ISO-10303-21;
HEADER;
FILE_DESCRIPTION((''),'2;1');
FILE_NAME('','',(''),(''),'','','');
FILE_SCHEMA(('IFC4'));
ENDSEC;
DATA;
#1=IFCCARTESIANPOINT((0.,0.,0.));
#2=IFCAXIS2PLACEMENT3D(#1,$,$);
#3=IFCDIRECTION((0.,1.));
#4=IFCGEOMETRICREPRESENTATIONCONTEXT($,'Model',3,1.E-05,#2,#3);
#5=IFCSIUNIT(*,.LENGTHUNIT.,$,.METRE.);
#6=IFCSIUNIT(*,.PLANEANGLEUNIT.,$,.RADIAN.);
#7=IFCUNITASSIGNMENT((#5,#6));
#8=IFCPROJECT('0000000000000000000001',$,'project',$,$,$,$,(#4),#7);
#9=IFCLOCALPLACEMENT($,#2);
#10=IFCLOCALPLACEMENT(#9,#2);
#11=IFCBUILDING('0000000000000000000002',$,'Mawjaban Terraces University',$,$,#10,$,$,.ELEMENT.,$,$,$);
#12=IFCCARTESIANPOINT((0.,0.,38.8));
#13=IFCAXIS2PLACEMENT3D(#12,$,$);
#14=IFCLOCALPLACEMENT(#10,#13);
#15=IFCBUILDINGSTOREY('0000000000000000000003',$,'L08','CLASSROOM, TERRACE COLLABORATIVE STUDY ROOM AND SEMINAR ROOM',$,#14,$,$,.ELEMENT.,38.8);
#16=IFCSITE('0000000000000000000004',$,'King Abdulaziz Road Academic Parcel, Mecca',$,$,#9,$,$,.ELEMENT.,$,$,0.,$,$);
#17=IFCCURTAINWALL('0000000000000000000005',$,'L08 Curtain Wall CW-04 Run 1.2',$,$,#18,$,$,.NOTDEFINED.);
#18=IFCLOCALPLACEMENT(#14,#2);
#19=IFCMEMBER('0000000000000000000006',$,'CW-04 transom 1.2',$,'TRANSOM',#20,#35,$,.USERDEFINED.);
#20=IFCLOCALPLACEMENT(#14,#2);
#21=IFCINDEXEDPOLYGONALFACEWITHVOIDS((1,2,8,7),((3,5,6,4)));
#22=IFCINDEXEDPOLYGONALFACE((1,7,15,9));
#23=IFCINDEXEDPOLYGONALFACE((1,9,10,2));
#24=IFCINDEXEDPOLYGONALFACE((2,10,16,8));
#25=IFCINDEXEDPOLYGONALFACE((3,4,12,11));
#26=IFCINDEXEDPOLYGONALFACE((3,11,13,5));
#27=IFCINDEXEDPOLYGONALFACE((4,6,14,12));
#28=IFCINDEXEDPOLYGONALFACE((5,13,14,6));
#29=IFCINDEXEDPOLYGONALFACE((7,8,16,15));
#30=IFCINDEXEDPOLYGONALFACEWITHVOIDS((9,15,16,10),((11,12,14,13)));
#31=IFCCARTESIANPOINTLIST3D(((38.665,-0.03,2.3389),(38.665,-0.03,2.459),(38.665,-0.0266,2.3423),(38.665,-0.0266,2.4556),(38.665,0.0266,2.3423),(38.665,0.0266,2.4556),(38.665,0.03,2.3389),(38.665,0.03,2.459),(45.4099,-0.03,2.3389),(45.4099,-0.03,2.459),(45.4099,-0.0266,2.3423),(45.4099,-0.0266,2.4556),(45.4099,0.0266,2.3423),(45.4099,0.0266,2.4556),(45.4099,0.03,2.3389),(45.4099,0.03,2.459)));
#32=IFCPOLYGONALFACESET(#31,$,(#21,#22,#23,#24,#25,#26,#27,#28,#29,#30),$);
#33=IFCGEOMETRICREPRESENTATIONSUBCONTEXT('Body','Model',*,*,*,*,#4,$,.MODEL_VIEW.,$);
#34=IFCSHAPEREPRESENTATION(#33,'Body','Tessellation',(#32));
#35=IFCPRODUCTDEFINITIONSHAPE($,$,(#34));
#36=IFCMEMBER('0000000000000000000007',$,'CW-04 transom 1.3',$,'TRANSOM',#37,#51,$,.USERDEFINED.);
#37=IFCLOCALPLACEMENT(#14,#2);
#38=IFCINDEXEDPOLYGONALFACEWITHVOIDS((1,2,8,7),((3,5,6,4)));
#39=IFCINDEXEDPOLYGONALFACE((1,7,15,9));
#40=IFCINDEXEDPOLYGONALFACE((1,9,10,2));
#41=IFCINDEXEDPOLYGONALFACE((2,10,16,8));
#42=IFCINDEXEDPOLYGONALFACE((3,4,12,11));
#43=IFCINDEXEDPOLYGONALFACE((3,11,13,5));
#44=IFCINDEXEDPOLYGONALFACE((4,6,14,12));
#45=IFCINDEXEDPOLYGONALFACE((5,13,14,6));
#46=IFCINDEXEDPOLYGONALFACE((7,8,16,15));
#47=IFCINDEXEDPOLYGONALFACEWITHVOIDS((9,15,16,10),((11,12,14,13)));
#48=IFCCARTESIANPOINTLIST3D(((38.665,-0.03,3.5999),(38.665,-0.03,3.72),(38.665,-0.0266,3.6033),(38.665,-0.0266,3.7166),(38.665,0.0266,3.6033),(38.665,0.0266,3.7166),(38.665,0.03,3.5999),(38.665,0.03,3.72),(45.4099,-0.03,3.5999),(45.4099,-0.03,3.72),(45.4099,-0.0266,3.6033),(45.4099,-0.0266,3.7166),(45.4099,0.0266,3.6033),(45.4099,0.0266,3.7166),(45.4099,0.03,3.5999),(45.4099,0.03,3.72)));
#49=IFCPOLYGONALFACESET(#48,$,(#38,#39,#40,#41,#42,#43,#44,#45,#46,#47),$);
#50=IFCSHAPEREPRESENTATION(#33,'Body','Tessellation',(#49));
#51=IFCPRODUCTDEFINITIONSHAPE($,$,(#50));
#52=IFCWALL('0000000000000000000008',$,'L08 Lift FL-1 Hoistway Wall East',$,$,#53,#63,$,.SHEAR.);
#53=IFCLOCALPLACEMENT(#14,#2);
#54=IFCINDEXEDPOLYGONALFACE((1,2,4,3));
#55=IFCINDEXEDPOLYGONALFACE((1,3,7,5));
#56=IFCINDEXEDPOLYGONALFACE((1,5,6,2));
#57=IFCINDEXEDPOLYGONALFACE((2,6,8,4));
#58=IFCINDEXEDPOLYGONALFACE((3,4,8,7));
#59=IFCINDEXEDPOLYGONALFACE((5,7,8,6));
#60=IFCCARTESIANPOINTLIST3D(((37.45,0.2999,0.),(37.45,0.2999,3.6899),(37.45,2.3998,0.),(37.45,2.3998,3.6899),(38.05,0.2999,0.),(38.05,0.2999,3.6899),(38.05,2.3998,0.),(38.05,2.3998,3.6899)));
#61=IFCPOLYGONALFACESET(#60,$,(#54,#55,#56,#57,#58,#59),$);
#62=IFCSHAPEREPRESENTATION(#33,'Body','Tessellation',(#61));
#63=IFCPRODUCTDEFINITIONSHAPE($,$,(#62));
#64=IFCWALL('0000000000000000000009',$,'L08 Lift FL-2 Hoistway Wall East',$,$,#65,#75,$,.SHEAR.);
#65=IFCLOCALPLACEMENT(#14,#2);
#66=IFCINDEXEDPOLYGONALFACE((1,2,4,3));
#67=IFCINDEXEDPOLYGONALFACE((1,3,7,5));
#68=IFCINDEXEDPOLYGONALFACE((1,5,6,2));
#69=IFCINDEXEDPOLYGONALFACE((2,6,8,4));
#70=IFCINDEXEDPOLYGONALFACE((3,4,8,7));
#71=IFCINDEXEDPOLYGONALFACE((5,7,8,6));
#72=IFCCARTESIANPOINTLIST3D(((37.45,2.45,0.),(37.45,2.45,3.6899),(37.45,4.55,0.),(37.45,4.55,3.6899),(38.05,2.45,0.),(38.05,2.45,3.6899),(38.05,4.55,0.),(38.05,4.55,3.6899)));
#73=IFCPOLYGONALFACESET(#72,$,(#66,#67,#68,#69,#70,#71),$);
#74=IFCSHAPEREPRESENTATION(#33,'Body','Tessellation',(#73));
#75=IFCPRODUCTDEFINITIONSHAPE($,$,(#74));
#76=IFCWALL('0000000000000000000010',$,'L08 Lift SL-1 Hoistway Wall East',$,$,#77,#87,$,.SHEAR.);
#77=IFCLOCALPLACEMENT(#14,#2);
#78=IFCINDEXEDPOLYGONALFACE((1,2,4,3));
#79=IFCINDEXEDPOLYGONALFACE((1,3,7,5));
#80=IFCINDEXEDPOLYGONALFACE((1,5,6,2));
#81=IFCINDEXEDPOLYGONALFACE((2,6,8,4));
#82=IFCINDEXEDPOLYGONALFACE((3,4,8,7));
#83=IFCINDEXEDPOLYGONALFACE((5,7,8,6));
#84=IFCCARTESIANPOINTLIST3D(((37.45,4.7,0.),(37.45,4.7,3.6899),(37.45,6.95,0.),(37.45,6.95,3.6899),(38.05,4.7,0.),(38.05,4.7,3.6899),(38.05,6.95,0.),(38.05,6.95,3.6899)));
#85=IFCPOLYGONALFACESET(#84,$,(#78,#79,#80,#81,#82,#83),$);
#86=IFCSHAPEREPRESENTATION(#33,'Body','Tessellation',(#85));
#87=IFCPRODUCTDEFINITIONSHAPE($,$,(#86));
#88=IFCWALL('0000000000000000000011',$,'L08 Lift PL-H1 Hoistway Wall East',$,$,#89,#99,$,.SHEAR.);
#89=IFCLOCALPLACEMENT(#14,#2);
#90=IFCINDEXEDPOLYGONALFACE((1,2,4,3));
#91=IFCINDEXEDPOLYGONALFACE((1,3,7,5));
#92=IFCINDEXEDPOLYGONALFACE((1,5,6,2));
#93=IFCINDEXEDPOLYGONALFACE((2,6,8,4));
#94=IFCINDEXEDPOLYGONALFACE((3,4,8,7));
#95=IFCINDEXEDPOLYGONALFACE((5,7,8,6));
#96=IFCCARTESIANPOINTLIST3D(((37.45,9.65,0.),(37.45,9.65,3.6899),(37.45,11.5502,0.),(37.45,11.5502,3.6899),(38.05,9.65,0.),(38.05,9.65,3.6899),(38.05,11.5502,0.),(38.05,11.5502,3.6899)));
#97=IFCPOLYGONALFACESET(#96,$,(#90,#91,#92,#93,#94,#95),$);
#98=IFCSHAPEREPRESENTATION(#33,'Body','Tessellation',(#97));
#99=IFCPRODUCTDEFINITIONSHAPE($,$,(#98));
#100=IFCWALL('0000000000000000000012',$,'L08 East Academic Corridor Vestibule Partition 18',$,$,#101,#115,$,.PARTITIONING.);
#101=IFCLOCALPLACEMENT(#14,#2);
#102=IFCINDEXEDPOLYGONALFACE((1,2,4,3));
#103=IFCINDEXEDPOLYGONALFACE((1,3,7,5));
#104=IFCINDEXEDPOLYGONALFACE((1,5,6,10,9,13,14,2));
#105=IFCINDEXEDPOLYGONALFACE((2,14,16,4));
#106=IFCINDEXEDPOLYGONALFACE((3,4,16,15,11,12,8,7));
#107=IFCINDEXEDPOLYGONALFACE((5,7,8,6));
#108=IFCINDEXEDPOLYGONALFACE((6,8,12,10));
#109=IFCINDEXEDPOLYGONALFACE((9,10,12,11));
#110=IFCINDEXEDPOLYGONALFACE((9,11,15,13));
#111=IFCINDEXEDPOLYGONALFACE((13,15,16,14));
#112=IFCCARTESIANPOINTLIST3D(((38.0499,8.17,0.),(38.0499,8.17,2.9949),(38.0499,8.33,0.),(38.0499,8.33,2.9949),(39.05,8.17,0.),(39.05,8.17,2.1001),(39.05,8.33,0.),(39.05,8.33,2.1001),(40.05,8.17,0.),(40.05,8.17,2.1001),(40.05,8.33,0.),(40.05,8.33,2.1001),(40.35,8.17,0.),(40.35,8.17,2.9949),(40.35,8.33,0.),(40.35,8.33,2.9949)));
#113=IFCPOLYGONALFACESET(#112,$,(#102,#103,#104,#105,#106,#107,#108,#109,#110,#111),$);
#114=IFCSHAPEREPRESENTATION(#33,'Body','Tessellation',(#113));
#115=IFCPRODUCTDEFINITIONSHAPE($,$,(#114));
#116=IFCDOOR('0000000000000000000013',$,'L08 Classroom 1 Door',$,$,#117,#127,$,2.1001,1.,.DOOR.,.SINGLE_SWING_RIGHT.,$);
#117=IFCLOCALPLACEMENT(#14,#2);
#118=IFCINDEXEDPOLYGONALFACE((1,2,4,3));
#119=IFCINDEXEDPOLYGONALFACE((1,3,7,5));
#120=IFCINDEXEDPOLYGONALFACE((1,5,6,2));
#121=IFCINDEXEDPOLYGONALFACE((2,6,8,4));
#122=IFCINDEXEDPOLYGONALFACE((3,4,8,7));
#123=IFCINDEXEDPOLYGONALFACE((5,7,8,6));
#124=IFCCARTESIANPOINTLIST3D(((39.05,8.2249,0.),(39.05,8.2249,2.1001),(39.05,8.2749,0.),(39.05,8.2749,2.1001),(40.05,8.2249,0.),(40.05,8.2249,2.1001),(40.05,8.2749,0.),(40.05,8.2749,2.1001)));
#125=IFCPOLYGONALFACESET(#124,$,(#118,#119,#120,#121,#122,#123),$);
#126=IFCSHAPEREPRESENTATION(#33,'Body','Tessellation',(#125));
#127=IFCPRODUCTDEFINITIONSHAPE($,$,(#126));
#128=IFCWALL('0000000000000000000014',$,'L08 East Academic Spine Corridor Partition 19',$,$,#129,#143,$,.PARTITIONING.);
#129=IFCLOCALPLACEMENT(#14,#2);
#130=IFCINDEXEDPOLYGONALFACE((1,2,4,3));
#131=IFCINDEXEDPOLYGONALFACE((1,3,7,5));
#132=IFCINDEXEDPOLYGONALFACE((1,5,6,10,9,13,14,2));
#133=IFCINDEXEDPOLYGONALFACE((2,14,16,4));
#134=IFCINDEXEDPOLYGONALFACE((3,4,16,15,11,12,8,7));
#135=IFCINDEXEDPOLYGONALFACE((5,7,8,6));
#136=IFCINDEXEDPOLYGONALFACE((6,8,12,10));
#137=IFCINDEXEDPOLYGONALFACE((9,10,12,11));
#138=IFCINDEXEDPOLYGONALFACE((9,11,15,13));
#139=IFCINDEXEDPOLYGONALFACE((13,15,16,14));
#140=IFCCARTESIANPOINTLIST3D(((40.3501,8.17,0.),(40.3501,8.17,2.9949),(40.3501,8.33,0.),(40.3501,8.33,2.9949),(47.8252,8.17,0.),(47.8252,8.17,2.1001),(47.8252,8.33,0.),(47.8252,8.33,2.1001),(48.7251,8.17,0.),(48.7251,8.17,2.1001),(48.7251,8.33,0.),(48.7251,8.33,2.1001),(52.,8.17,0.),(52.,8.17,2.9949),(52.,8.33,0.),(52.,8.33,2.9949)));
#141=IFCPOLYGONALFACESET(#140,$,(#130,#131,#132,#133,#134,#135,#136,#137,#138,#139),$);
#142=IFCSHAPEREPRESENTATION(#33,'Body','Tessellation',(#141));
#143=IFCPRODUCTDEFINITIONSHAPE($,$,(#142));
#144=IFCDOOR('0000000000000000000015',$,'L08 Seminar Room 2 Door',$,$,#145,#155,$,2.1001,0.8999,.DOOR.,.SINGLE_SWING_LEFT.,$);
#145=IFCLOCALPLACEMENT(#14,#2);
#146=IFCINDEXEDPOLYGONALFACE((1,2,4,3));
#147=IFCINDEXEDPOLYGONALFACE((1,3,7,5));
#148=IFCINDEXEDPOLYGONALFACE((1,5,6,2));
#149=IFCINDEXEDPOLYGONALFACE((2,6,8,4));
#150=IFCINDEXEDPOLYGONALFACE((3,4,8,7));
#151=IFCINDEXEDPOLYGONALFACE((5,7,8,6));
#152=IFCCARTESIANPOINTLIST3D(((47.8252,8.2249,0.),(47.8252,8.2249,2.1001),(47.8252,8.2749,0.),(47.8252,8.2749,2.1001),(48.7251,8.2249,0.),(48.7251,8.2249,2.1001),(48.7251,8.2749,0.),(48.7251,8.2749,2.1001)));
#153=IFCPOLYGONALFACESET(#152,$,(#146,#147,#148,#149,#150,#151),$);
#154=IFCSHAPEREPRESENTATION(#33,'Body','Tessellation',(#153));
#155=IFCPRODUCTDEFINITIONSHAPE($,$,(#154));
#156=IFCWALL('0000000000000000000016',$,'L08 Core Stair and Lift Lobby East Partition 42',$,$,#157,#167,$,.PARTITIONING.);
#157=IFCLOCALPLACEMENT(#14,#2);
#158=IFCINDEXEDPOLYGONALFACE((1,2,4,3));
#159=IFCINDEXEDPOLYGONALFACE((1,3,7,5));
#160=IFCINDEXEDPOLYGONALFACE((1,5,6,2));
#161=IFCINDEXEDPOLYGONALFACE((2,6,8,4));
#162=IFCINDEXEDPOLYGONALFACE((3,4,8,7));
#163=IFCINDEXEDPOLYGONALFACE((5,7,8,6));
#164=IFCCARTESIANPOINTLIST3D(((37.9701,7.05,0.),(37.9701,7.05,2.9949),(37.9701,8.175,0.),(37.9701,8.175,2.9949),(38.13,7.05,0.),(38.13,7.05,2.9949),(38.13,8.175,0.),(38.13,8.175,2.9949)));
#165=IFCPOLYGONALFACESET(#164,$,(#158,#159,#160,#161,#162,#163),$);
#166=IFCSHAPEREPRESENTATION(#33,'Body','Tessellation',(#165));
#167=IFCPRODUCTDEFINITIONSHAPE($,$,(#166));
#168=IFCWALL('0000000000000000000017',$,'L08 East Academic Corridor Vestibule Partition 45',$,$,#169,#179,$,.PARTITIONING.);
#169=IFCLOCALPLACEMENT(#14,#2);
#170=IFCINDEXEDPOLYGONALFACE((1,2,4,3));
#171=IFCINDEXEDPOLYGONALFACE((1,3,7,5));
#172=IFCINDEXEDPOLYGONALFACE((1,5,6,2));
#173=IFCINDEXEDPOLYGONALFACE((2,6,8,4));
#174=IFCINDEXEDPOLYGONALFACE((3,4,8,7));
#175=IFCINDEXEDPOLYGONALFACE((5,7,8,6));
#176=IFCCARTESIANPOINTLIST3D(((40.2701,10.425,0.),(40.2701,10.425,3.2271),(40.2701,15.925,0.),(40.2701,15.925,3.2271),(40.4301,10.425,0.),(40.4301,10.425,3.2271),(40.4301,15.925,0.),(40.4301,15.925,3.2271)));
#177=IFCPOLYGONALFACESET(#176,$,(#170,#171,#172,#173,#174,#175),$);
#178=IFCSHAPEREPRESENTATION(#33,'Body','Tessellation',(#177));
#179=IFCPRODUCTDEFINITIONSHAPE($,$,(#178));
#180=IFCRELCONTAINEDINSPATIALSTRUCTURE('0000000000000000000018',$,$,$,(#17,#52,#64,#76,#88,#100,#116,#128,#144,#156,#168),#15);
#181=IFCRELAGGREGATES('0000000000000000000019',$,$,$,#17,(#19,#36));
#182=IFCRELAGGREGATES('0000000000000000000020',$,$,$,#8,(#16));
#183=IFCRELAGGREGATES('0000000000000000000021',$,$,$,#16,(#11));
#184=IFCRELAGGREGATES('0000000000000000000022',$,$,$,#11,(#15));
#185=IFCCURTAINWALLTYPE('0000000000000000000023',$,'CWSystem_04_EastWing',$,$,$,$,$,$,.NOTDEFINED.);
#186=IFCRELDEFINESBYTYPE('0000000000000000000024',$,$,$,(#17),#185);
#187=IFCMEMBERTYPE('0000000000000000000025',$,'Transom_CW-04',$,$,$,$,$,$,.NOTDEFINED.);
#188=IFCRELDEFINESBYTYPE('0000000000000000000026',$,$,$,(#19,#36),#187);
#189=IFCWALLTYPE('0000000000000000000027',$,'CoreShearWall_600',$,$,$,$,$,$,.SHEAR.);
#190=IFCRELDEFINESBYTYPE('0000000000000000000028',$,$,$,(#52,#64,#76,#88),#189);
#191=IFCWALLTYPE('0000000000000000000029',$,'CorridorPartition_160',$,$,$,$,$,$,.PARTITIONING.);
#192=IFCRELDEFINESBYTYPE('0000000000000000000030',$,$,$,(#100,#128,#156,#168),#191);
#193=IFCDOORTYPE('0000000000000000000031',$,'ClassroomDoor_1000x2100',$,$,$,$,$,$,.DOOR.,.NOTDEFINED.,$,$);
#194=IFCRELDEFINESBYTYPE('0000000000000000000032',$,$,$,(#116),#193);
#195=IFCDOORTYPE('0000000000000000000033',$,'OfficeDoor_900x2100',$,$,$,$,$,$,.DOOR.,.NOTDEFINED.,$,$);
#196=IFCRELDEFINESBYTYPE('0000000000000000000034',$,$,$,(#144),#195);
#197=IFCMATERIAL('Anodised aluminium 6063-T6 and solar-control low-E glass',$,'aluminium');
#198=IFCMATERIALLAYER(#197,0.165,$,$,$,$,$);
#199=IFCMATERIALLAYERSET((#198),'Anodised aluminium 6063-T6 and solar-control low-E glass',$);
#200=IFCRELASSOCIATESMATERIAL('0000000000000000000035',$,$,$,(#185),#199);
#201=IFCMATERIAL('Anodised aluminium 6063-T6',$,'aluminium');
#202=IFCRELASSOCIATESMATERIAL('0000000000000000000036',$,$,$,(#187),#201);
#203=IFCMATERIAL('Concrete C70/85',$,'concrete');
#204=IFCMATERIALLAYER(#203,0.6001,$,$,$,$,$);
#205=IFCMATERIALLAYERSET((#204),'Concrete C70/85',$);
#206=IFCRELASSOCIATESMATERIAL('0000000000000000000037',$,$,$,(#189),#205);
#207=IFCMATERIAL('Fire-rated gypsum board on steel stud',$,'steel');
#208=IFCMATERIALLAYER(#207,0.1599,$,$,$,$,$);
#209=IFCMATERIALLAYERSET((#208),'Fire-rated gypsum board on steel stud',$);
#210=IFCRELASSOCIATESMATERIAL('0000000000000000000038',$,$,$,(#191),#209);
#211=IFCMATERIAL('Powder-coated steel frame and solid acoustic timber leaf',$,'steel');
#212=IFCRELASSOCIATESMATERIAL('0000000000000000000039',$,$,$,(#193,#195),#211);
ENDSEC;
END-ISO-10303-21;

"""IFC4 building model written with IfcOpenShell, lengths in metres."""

from ifc_helpers import new_model, si_unit, direction, frame, frame_2d, origin, origin_2d, place, context, subcontext, project, spatial, rectangle, hollow_rectangle, extrude, material, layer, layer_set, material_profile, profile_set, type_object, element, fill, aggregate, save


model = new_model("IFC4")

# Units and contexts
model_context = context("Model", 3, precision=1e-05, world=origin(), true_north=direction((0.0, 1.0)))
body_context = subcontext(model_context, "Body", "Model", "MODEL_VIEW")
ifc_project = project(units=[si_unit("LENGTHUNIT", "METRE"), si_unit("PLANEANGLEUNIT", "RADIAN")], contexts=[model_context])

# Site, building, storey
site_placement = place(None, origin())
site = spatial("IfcSite", under=ifc_project, at=site_placement, Name="King Abdulaziz Road Academic Parcel, Mecca", CompositionType="ELEMENT", RefElevation=0.0)
building_placement = place(site_placement, origin())
building = spatial("IfcBuilding", under=site, at=building_placement, Name="Mawjaban Terraces University", CompositionType="ELEMENT")
storey_placement = place(building_placement, frame((0.0, 0.0, 38.8)))
storey = spatial("IfcBuildingStorey", under=building, at=storey_placement, Name="L08", Description="CLASSROOM, TERRACE COLLABORATIVE STUDY ROOM AND SEMINAR ROOM", CompositionType="ELEMENT", Elevation=38.8)

# Shared definitions
ifc_material_1 = material(Name="Concrete C70/85", Category="concrete")

# Curtain wall, members
ifc_material_2 = material(Name="Anodised aluminium 6063-T6 and solar-control low-E glass", Category="aluminium")
ifc_layer_1 = layer(ifc_material_2, 0.165)
ifc_layer_set_1 = layer_set([ifc_layer_1], Name="Anodised aluminium 6063-T6 and solar-control low-E glass")
curtain_wall_type = type_object("IfcCurtainWallType", Name="CWSystem_04_EastWing", PredefinedType="NOTDEFINED", material=ifc_layer_set_1)
curtain_wall_placement = place(storey_placement, origin())
curtain_wall = element("IfcCurtainWall", 1, at=curtain_wall_placement, inside=storey, type_object=curtain_wall_type, Name="L08 Curtain Wall CW-04 Run 1.2", PredefinedType="NOTDEFINED")
ifc_material_3 = material(Name="Anodised aluminium 6063-T6", Category="aluminium")
ifc_material_profile_1 = material_profile(ifc_material_3, hollow_rectangle(XDim=0.0601, YDim=0.1201, WallThickness=0.0034, at=origin_2d()), Name="ALU120X60X3.5")
ifc_profile_set_1 = profile_set([ifc_material_profile_1], Name="Anodised aluminium 6063-T6")
member_type_1 = type_object("IfcMemberType", Name="Transom_CW-04", PredefinedType="NOTDEFINED", material=ifc_profile_set_1)
member_1_placement = place(storey_placement, frame((38.665, 0.0, 2.3989), z_axis=(1.0, 0.0, 0.0), x_axis=(0.0, 1.0, 0.0)))
member_1 = element("IfcMember", 2, at=member_1_placement, type_object=member_type_1, Name="CW-04 transom 1.2", ObjectType="TRANSOM", PredefinedType="USERDEFINED", context=body_context, shape_type="SweptSolid", body=[
    extrude(hollow_rectangle(XDim=0.0601, YDim=0.1201, WallThickness=0.0034, at=origin_2d()), origin(), (0.0, 0.0, 1.0), 6.7449),
])
member_2_placement = place(storey_placement, frame((38.665, 0.0, 3.6599), z_axis=(1.0, 0.0, 0.0), x_axis=(0.0, 1.0, 0.0)))
member_2 = element("IfcMember", 3, at=member_2_placement, type_object=member_type_1, Name="CW-04 transom 1.3", ObjectType="TRANSOM", PredefinedType="USERDEFINED", context=body_context, shape_type="SweptSolid", body=[
    extrude(hollow_rectangle(XDim=0.0601, YDim=0.1201, WallThickness=0.0034, at=origin_2d()), origin(), (0.0, 0.0, 1.0), 6.7449),
])
aggregate(curtain_wall, [member_1, member_2])

# Walls
ifc_layer_2 = layer(ifc_material_1, 0.6001)
ifc_layer_set_2 = layer_set([ifc_layer_2], Name="Concrete C70/85")
wall_type_1 = type_object("IfcWallType", Name="CoreShearWall_600", PredefinedType="SHEAR", material=ifc_layer_set_2)
wall_1_placement = place(storey_placement, frame((37.75, 0.3, 0.0), z_axis=(0.0, 0.0, 1.0), x_axis=(0.0, 1.0, 0.0)))
element("IfcWall", 4, at=wall_1_placement, inside=storey, type_object=wall_type_1, Name="L08 Lift FL-1 Hoistway Wall East", PredefinedType="SHEAR", context=body_context, shape_type="SweptSolid", body=[
    extrude(rectangle(XDim=2.0999, YDim=0.6001, at=frame_2d((1.0498, 0.0))), origin(), (0.0, 0.0, 1.0), 3.6899),
])
wall_2_placement = place(storey_placement, frame((37.75, 2.45, 0.0), z_axis=(0.0, 0.0, 1.0), x_axis=(0.0, 1.0, 0.0)))
element("IfcWall", 5, at=wall_2_placement, inside=storey, type_object=wall_type_1, Name="L08 Lift FL-2 Hoistway Wall East", PredefinedType="SHEAR", context=body_context, shape_type="SweptSolid", body=[
    extrude(rectangle(XDim=2.1001, YDim=0.6001, at=frame_2d((1.05, 0.0))), origin(), (0.0, 0.0, 1.0), 3.6899),
])
wall_3_placement = place(storey_placement, frame((37.75, 4.7, 0.0), z_axis=(0.0, 0.0, 1.0), x_axis=(0.0, 1.0, 0.0)))
element("IfcWall", 6, at=wall_3_placement, inside=storey, type_object=wall_type_1, Name="L08 Lift SL-1 Hoistway Wall East", PredefinedType="SHEAR", context=body_context, shape_type="SweptSolid", body=[
    extrude(rectangle(XDim=2.25, YDim=0.6001, at=frame_2d((1.125, 0.0))), origin(), (0.0, 0.0, 1.0), 3.6899),
])
wall_4_placement = place(storey_placement, frame((37.75, 9.6499, 0.0), z_axis=(0.0, 0.0, 1.0), x_axis=(0.0, 1.0, 0.0)))
element("IfcWall", 7, at=wall_4_placement, inside=storey, type_object=wall_type_1, Name="L08 Lift PL-H1 Hoistway Wall East", PredefinedType="SHEAR", context=body_context, shape_type="SweptSolid", body=[
    extrude(rectangle(XDim=1.9001, YDim=0.6001, at=frame_2d((0.9502, 0.0))), origin(), (0.0, 0.0, 1.0), 3.6899),
])

# Walls, openings, doors
ifc_material_4 = material(Name="Fire-rated gypsum board on steel stud", Category="steel")
ifc_layer_3 = layer(ifc_material_4, 0.1599)
ifc_layer_set_3 = layer_set([ifc_layer_3], Name="Fire-rated gypsum board on steel stud")
wall_type_2 = type_object("IfcWallType", Name="CorridorPartition_160", PredefinedType="PARTITIONING", material=ifc_layer_set_3)
wall_5_placement = place(storey_placement, frame((38.05, 8.25, 0.0), z_axis=(0.0, 0.0, 1.0), x_axis=(1.0, 0.0, 0.0)))
wall_5 = element("IfcWall", 8, at=wall_5_placement, inside=storey, type_object=wall_type_2, Name="L08 East Academic Corridor Vestibule Partition 18", PredefinedType="PARTITIONING", context=body_context, shape_type="SweptSolid", body=[
    extrude(rectangle(XDim=2.3, YDim=0.1599, at=frame_2d((1.1499, 0.0))), origin(), (0.0, 0.0, 1.0), 2.9949),
])
opening_1_placement = place(wall_5_placement, frame((1.0, 0.0, 0.0)))
opening_1 = element("IfcOpeningElement", 9, at=opening_1_placement, cuts=wall_5, PredefinedType="OPENING", context=body_context, shape_type="SweptSolid", body=[
    extrude(rectangle(XDim=1.0, YDim=2.1001, at=frame_2d((0.5, 1.05))), frame((0.0, 0.0898, 0.0), z_axis=(0.0, -1.0, 0.0), x_axis=(1.0, 0.0, 0.0)), (0.0, 0.0, 1.0), 0.1799),
])
ifc_material_5 = material(Name="Powder-coated steel frame and solid acoustic timber leaf", Category="steel")
door_type_1 = type_object("IfcDoorType", Name="ClassroomDoor_1000x2100", OperationType="NOTDEFINED", PredefinedType="DOOR", material=ifc_material_5)
door_1_placement = place(opening_1_placement, origin())
door_1 = element("IfcDoor", 10, at=door_1_placement, inside=storey, type_object=door_type_1, Name="L08 Classroom 1 Door", OperationType="SINGLE_SWING_RIGHT", OverallHeight=2.1001, OverallWidth=1.0, PredefinedType="DOOR", context=body_context, shape_type="SweptSolid", body=[
    extrude(rectangle(XDim=1.0, YDim=2.1001, at=frame_2d((0.5, 1.05))), frame((0.0, 0.0249, 0.0), z_axis=(0.0, -1.0, 0.0), x_axis=(1.0, 0.0, 0.0)), (0.0, 0.0, 1.0), 0.05),
])
fill(opening_1, door_1)
wall_6_placement = place(storey_placement, frame((40.3501, 8.25, 0.0), z_axis=(0.0, 0.0, 1.0), x_axis=(1.0, 0.0, 0.0)))
wall_6 = element("IfcWall", 11, at=wall_6_placement, inside=storey, type_object=wall_type_2, Name="L08 East Academic Spine Corridor Partition 19", PredefinedType="PARTITIONING", context=body_context, shape_type="SweptSolid", body=[
    extrude(rectangle(XDim=11.6499, YDim=0.1599, at=frame_2d((5.825, 0.0))), origin(), (0.0, 0.0, 1.0), 2.9949),
])
opening_2_placement = place(wall_6_placement, frame((7.4751, 0.0, 0.0)))
opening_2 = element("IfcOpeningElement", 12, at=opening_2_placement, cuts=wall_6, PredefinedType="OPENING", context=body_context, shape_type="SweptSolid", body=[
    extrude(rectangle(XDim=0.8999, YDim=2.1001, at=frame_2d((0.45, 1.05))), frame((0.0, 0.0898, 0.0), z_axis=(0.0, -1.0, 0.0), x_axis=(1.0, 0.0, 0.0)), (0.0, 0.0, 1.0), 0.1799),
])
door_type_2 = type_object("IfcDoorType", Name="OfficeDoor_900x2100", OperationType="NOTDEFINED", PredefinedType="DOOR", material=ifc_material_5)
door_2_placement = place(opening_2_placement, origin())
door_2 = element("IfcDoor", 13, at=door_2_placement, inside=storey, type_object=door_type_2, Name="L08 Seminar Room 2 Door", OperationType="SINGLE_SWING_LEFT", OverallHeight=2.1001, OverallWidth=0.8999, PredefinedType="DOOR", context=body_context, shape_type="SweptSolid", body=[
    extrude(rectangle(XDim=0.8999, YDim=2.1001, at=frame_2d((0.45, 1.05))), frame((0.0, 0.0249, 0.0), z_axis=(0.0, -1.0, 0.0), x_axis=(1.0, 0.0, 0.0)), (0.0, 0.0, 1.0), 0.05),
])
fill(opening_2, door_2)

# Walls
wall_7_placement = place(storey_placement, frame((38.05, 7.05, 0.0), z_axis=(0.0, 0.0, 1.0), x_axis=(0.0, 1.0, 0.0)))
element("IfcWall", 14, at=wall_7_placement, inside=storey, type_object=wall_type_2, Name="L08 Core Stair and Lift Lobby East Partition 42", PredefinedType="PARTITIONING", context=body_context, shape_type="SweptSolid", body=[
    extrude(rectangle(XDim=1.125, YDim=0.1599, at=frame_2d((0.5625, 0.0))), origin(), (0.0, 0.0, 1.0), 2.9949),
])
wall_8_placement = place(storey_placement, frame((40.3501, 10.425, 0.0), z_axis=(0.0, 0.0, 1.0), x_axis=(0.0, 1.0, 0.0)))
element("IfcWall", 15, at=wall_8_placement, inside=storey, type_object=wall_type_2, Name="L08 East Academic Corridor Vestibule Partition 45", PredefinedType="PARTITIONING", context=body_context, shape_type="SweptSolid", body=[
    extrude(rectangle(XDim=5.5, YDim=0.1599, at=frame_2d((2.75, 0.0))), origin(), (0.0, 0.0, 1.0), 3.2271),
])

save(model, "model.ifc")
